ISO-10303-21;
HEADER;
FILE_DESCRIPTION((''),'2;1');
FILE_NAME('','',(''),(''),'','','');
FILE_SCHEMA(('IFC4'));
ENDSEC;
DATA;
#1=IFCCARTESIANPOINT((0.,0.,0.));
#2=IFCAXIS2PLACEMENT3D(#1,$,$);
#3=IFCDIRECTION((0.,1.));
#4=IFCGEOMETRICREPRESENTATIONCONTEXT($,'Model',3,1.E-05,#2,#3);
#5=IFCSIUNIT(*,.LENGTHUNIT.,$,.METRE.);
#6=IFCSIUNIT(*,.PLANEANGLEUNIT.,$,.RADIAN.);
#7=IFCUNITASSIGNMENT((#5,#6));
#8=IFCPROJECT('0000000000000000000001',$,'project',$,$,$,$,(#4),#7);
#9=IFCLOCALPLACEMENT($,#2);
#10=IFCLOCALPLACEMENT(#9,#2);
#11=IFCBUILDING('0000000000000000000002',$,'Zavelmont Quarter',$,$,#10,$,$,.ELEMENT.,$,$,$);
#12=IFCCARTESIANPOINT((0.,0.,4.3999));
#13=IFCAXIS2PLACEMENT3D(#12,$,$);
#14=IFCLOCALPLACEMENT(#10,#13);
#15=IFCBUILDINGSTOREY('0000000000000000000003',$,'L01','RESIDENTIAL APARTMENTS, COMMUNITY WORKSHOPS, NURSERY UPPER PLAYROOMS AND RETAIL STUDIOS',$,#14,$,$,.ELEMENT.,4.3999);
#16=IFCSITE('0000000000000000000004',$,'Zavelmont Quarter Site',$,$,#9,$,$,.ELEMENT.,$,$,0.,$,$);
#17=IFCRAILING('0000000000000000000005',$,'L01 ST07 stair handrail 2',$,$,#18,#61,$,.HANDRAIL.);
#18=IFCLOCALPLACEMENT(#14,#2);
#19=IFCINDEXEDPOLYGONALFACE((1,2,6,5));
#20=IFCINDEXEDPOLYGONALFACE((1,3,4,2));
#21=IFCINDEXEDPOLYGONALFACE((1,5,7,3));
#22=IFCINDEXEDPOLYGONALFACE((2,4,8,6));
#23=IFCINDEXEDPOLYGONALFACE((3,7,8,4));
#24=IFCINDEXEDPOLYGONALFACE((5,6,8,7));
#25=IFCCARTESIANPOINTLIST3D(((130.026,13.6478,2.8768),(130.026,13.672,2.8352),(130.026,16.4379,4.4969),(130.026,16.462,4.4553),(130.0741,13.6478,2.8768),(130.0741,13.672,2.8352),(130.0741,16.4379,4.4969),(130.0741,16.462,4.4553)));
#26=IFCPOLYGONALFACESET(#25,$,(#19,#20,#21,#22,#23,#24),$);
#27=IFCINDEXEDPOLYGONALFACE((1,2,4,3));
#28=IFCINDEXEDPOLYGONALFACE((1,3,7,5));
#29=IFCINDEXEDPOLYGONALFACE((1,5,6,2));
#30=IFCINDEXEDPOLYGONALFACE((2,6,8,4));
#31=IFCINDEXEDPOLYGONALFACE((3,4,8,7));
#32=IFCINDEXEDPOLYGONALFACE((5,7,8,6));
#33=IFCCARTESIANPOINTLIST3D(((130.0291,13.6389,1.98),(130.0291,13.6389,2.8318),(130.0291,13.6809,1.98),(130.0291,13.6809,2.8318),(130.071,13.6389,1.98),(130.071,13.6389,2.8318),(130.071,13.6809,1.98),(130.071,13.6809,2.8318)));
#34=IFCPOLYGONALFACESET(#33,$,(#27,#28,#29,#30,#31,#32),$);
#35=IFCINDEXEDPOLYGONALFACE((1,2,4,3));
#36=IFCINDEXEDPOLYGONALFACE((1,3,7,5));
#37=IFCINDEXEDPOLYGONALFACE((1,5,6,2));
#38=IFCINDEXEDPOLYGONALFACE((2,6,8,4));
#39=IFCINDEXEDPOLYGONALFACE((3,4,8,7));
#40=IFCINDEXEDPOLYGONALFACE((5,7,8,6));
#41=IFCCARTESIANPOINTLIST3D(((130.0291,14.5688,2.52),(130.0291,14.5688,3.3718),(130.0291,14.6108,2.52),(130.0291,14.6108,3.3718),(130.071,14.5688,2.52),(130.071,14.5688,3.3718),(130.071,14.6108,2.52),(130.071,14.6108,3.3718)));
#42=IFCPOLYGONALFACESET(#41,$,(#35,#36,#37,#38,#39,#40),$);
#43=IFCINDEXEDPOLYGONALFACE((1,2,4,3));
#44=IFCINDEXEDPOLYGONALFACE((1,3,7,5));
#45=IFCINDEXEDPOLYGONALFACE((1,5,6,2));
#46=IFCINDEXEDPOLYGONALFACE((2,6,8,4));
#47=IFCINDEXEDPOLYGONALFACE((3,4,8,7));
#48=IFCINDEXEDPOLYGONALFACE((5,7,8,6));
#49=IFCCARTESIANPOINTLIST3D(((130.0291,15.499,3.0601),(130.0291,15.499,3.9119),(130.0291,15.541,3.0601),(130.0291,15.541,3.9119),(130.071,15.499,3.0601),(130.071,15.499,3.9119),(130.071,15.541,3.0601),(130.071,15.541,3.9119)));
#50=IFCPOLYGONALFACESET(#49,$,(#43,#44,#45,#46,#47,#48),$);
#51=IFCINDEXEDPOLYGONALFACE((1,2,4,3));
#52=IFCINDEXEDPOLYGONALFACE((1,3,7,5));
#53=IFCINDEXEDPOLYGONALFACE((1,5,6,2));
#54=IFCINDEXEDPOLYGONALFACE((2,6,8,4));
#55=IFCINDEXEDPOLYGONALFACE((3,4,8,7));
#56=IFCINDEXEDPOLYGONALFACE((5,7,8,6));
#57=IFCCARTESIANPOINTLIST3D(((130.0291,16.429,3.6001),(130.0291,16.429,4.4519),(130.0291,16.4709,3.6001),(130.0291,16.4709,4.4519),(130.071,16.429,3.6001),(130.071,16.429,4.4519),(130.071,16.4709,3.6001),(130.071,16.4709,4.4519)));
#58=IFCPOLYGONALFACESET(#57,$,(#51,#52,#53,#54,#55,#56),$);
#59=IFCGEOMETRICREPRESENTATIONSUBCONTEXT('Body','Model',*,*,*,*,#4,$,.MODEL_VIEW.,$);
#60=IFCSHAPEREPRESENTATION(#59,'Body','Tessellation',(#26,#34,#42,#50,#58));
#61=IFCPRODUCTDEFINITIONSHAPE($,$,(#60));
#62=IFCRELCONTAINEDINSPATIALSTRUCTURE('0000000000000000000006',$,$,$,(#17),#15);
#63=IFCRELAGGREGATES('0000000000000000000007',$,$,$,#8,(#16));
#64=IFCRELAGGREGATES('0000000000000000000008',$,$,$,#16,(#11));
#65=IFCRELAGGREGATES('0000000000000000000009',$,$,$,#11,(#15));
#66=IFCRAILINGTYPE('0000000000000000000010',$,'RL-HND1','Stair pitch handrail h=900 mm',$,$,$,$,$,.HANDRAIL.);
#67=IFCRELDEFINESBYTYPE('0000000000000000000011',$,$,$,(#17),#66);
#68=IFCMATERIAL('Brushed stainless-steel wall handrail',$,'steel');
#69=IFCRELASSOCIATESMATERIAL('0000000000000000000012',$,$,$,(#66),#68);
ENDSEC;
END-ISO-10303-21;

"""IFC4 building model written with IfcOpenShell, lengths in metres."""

from ifc_helpers import new_model, si_unit, direction, frame, origin, origin_2d, place, context, subcontext, project, spatial, rectangle, extrude, material, type_object, element, save


model = new_model("IFC4")

# Units and contexts
model_context = context("Model", 3, precision=1e-05, world=origin(), true_north=direction((0.0, 1.0)))
body_context = subcontext(model_context, "Body", "Model", "MODEL_VIEW")
ifc_project = project(units=[si_unit("LENGTHUNIT", "METRE"), si_unit("PLANEANGLEUNIT", "RADIAN")], contexts=[model_context])

# Site, building, storey
site_placement = place(None, origin())
site = spatial("IfcSite", under=ifc_project, at=site_placement, Name="Zavelmont Quarter Site", CompositionType="ELEMENT", RefElevation=0.0)
building_placement = place(site_placement, origin())
building = spatial("IfcBuilding", under=site, at=building_placement, Name="Zavelmont Quarter", CompositionType="ELEMENT")
storey_placement = place(building_placement, frame((0.0, 0.0, 4.3999)))
storey = spatial("IfcBuildingStorey", under=building, at=storey_placement, Name="L01", Description="RESIDENTIAL APARTMENTS, COMMUNITY WORKSHOPS, NURSERY UPPER PLAYROOMS AND RETAIL STUDIOS", CompositionType="ELEMENT", Elevation=4.3999)

# Railing
ifc_material_1 = material(Name="Brushed stainless-steel wall handrail", Category="steel")
railing_type_1 = type_object("IfcRailingType", Name="RL-HND1", Description="Stair pitch handrail h=900 mm", PredefinedType="HANDRAIL", material=ifc_material_1)
railing_1_placement = place(storey_placement, frame((130.05, 13.6599, 1.98)))
element("IfcRailing", 1, at=railing_1_placement, inside=storey, type_object=railing_type_1, Name="L01 ST07 stair handrail 2", PredefinedType="HANDRAIL", context=body_context, shape_type="SweptSolid", body=[
    extrude(rectangle(XDim=0.0481, YDim=0.0481, at=origin_2d()), frame((0.0, 0.0, 0.876), z_axis=(0.0, 0.864776, 0.502157), x_axis=(-1.0, 0.0, 0.0)), (0.0, 0.0, 1.0), 3.2263),
    extrude(rectangle(XDim=0.042, YDim=0.042, at=origin_2d()), origin(), (0.0, 0.0, 1.0), 0.8518),
    extrude(rectangle(XDim=0.042, YDim=0.042, at=origin_2d()), frame((0.0, 0.9299, 0.54)), (0.0, 0.0, 1.0), 0.8518),
    extrude(rectangle(XDim=0.042, YDim=0.042, at=origin_2d()), frame((0.0, 1.8601, 1.0801)), (0.0, 0.0, 1.0), 0.8518),
    extrude(rectangle(XDim=0.042, YDim=0.042, at=origin_2d()), frame((0.0, 2.79, 1.6201)), (0.0, 0.0, 1.0), 0.8518),
])

save(model, "model.ifc")
